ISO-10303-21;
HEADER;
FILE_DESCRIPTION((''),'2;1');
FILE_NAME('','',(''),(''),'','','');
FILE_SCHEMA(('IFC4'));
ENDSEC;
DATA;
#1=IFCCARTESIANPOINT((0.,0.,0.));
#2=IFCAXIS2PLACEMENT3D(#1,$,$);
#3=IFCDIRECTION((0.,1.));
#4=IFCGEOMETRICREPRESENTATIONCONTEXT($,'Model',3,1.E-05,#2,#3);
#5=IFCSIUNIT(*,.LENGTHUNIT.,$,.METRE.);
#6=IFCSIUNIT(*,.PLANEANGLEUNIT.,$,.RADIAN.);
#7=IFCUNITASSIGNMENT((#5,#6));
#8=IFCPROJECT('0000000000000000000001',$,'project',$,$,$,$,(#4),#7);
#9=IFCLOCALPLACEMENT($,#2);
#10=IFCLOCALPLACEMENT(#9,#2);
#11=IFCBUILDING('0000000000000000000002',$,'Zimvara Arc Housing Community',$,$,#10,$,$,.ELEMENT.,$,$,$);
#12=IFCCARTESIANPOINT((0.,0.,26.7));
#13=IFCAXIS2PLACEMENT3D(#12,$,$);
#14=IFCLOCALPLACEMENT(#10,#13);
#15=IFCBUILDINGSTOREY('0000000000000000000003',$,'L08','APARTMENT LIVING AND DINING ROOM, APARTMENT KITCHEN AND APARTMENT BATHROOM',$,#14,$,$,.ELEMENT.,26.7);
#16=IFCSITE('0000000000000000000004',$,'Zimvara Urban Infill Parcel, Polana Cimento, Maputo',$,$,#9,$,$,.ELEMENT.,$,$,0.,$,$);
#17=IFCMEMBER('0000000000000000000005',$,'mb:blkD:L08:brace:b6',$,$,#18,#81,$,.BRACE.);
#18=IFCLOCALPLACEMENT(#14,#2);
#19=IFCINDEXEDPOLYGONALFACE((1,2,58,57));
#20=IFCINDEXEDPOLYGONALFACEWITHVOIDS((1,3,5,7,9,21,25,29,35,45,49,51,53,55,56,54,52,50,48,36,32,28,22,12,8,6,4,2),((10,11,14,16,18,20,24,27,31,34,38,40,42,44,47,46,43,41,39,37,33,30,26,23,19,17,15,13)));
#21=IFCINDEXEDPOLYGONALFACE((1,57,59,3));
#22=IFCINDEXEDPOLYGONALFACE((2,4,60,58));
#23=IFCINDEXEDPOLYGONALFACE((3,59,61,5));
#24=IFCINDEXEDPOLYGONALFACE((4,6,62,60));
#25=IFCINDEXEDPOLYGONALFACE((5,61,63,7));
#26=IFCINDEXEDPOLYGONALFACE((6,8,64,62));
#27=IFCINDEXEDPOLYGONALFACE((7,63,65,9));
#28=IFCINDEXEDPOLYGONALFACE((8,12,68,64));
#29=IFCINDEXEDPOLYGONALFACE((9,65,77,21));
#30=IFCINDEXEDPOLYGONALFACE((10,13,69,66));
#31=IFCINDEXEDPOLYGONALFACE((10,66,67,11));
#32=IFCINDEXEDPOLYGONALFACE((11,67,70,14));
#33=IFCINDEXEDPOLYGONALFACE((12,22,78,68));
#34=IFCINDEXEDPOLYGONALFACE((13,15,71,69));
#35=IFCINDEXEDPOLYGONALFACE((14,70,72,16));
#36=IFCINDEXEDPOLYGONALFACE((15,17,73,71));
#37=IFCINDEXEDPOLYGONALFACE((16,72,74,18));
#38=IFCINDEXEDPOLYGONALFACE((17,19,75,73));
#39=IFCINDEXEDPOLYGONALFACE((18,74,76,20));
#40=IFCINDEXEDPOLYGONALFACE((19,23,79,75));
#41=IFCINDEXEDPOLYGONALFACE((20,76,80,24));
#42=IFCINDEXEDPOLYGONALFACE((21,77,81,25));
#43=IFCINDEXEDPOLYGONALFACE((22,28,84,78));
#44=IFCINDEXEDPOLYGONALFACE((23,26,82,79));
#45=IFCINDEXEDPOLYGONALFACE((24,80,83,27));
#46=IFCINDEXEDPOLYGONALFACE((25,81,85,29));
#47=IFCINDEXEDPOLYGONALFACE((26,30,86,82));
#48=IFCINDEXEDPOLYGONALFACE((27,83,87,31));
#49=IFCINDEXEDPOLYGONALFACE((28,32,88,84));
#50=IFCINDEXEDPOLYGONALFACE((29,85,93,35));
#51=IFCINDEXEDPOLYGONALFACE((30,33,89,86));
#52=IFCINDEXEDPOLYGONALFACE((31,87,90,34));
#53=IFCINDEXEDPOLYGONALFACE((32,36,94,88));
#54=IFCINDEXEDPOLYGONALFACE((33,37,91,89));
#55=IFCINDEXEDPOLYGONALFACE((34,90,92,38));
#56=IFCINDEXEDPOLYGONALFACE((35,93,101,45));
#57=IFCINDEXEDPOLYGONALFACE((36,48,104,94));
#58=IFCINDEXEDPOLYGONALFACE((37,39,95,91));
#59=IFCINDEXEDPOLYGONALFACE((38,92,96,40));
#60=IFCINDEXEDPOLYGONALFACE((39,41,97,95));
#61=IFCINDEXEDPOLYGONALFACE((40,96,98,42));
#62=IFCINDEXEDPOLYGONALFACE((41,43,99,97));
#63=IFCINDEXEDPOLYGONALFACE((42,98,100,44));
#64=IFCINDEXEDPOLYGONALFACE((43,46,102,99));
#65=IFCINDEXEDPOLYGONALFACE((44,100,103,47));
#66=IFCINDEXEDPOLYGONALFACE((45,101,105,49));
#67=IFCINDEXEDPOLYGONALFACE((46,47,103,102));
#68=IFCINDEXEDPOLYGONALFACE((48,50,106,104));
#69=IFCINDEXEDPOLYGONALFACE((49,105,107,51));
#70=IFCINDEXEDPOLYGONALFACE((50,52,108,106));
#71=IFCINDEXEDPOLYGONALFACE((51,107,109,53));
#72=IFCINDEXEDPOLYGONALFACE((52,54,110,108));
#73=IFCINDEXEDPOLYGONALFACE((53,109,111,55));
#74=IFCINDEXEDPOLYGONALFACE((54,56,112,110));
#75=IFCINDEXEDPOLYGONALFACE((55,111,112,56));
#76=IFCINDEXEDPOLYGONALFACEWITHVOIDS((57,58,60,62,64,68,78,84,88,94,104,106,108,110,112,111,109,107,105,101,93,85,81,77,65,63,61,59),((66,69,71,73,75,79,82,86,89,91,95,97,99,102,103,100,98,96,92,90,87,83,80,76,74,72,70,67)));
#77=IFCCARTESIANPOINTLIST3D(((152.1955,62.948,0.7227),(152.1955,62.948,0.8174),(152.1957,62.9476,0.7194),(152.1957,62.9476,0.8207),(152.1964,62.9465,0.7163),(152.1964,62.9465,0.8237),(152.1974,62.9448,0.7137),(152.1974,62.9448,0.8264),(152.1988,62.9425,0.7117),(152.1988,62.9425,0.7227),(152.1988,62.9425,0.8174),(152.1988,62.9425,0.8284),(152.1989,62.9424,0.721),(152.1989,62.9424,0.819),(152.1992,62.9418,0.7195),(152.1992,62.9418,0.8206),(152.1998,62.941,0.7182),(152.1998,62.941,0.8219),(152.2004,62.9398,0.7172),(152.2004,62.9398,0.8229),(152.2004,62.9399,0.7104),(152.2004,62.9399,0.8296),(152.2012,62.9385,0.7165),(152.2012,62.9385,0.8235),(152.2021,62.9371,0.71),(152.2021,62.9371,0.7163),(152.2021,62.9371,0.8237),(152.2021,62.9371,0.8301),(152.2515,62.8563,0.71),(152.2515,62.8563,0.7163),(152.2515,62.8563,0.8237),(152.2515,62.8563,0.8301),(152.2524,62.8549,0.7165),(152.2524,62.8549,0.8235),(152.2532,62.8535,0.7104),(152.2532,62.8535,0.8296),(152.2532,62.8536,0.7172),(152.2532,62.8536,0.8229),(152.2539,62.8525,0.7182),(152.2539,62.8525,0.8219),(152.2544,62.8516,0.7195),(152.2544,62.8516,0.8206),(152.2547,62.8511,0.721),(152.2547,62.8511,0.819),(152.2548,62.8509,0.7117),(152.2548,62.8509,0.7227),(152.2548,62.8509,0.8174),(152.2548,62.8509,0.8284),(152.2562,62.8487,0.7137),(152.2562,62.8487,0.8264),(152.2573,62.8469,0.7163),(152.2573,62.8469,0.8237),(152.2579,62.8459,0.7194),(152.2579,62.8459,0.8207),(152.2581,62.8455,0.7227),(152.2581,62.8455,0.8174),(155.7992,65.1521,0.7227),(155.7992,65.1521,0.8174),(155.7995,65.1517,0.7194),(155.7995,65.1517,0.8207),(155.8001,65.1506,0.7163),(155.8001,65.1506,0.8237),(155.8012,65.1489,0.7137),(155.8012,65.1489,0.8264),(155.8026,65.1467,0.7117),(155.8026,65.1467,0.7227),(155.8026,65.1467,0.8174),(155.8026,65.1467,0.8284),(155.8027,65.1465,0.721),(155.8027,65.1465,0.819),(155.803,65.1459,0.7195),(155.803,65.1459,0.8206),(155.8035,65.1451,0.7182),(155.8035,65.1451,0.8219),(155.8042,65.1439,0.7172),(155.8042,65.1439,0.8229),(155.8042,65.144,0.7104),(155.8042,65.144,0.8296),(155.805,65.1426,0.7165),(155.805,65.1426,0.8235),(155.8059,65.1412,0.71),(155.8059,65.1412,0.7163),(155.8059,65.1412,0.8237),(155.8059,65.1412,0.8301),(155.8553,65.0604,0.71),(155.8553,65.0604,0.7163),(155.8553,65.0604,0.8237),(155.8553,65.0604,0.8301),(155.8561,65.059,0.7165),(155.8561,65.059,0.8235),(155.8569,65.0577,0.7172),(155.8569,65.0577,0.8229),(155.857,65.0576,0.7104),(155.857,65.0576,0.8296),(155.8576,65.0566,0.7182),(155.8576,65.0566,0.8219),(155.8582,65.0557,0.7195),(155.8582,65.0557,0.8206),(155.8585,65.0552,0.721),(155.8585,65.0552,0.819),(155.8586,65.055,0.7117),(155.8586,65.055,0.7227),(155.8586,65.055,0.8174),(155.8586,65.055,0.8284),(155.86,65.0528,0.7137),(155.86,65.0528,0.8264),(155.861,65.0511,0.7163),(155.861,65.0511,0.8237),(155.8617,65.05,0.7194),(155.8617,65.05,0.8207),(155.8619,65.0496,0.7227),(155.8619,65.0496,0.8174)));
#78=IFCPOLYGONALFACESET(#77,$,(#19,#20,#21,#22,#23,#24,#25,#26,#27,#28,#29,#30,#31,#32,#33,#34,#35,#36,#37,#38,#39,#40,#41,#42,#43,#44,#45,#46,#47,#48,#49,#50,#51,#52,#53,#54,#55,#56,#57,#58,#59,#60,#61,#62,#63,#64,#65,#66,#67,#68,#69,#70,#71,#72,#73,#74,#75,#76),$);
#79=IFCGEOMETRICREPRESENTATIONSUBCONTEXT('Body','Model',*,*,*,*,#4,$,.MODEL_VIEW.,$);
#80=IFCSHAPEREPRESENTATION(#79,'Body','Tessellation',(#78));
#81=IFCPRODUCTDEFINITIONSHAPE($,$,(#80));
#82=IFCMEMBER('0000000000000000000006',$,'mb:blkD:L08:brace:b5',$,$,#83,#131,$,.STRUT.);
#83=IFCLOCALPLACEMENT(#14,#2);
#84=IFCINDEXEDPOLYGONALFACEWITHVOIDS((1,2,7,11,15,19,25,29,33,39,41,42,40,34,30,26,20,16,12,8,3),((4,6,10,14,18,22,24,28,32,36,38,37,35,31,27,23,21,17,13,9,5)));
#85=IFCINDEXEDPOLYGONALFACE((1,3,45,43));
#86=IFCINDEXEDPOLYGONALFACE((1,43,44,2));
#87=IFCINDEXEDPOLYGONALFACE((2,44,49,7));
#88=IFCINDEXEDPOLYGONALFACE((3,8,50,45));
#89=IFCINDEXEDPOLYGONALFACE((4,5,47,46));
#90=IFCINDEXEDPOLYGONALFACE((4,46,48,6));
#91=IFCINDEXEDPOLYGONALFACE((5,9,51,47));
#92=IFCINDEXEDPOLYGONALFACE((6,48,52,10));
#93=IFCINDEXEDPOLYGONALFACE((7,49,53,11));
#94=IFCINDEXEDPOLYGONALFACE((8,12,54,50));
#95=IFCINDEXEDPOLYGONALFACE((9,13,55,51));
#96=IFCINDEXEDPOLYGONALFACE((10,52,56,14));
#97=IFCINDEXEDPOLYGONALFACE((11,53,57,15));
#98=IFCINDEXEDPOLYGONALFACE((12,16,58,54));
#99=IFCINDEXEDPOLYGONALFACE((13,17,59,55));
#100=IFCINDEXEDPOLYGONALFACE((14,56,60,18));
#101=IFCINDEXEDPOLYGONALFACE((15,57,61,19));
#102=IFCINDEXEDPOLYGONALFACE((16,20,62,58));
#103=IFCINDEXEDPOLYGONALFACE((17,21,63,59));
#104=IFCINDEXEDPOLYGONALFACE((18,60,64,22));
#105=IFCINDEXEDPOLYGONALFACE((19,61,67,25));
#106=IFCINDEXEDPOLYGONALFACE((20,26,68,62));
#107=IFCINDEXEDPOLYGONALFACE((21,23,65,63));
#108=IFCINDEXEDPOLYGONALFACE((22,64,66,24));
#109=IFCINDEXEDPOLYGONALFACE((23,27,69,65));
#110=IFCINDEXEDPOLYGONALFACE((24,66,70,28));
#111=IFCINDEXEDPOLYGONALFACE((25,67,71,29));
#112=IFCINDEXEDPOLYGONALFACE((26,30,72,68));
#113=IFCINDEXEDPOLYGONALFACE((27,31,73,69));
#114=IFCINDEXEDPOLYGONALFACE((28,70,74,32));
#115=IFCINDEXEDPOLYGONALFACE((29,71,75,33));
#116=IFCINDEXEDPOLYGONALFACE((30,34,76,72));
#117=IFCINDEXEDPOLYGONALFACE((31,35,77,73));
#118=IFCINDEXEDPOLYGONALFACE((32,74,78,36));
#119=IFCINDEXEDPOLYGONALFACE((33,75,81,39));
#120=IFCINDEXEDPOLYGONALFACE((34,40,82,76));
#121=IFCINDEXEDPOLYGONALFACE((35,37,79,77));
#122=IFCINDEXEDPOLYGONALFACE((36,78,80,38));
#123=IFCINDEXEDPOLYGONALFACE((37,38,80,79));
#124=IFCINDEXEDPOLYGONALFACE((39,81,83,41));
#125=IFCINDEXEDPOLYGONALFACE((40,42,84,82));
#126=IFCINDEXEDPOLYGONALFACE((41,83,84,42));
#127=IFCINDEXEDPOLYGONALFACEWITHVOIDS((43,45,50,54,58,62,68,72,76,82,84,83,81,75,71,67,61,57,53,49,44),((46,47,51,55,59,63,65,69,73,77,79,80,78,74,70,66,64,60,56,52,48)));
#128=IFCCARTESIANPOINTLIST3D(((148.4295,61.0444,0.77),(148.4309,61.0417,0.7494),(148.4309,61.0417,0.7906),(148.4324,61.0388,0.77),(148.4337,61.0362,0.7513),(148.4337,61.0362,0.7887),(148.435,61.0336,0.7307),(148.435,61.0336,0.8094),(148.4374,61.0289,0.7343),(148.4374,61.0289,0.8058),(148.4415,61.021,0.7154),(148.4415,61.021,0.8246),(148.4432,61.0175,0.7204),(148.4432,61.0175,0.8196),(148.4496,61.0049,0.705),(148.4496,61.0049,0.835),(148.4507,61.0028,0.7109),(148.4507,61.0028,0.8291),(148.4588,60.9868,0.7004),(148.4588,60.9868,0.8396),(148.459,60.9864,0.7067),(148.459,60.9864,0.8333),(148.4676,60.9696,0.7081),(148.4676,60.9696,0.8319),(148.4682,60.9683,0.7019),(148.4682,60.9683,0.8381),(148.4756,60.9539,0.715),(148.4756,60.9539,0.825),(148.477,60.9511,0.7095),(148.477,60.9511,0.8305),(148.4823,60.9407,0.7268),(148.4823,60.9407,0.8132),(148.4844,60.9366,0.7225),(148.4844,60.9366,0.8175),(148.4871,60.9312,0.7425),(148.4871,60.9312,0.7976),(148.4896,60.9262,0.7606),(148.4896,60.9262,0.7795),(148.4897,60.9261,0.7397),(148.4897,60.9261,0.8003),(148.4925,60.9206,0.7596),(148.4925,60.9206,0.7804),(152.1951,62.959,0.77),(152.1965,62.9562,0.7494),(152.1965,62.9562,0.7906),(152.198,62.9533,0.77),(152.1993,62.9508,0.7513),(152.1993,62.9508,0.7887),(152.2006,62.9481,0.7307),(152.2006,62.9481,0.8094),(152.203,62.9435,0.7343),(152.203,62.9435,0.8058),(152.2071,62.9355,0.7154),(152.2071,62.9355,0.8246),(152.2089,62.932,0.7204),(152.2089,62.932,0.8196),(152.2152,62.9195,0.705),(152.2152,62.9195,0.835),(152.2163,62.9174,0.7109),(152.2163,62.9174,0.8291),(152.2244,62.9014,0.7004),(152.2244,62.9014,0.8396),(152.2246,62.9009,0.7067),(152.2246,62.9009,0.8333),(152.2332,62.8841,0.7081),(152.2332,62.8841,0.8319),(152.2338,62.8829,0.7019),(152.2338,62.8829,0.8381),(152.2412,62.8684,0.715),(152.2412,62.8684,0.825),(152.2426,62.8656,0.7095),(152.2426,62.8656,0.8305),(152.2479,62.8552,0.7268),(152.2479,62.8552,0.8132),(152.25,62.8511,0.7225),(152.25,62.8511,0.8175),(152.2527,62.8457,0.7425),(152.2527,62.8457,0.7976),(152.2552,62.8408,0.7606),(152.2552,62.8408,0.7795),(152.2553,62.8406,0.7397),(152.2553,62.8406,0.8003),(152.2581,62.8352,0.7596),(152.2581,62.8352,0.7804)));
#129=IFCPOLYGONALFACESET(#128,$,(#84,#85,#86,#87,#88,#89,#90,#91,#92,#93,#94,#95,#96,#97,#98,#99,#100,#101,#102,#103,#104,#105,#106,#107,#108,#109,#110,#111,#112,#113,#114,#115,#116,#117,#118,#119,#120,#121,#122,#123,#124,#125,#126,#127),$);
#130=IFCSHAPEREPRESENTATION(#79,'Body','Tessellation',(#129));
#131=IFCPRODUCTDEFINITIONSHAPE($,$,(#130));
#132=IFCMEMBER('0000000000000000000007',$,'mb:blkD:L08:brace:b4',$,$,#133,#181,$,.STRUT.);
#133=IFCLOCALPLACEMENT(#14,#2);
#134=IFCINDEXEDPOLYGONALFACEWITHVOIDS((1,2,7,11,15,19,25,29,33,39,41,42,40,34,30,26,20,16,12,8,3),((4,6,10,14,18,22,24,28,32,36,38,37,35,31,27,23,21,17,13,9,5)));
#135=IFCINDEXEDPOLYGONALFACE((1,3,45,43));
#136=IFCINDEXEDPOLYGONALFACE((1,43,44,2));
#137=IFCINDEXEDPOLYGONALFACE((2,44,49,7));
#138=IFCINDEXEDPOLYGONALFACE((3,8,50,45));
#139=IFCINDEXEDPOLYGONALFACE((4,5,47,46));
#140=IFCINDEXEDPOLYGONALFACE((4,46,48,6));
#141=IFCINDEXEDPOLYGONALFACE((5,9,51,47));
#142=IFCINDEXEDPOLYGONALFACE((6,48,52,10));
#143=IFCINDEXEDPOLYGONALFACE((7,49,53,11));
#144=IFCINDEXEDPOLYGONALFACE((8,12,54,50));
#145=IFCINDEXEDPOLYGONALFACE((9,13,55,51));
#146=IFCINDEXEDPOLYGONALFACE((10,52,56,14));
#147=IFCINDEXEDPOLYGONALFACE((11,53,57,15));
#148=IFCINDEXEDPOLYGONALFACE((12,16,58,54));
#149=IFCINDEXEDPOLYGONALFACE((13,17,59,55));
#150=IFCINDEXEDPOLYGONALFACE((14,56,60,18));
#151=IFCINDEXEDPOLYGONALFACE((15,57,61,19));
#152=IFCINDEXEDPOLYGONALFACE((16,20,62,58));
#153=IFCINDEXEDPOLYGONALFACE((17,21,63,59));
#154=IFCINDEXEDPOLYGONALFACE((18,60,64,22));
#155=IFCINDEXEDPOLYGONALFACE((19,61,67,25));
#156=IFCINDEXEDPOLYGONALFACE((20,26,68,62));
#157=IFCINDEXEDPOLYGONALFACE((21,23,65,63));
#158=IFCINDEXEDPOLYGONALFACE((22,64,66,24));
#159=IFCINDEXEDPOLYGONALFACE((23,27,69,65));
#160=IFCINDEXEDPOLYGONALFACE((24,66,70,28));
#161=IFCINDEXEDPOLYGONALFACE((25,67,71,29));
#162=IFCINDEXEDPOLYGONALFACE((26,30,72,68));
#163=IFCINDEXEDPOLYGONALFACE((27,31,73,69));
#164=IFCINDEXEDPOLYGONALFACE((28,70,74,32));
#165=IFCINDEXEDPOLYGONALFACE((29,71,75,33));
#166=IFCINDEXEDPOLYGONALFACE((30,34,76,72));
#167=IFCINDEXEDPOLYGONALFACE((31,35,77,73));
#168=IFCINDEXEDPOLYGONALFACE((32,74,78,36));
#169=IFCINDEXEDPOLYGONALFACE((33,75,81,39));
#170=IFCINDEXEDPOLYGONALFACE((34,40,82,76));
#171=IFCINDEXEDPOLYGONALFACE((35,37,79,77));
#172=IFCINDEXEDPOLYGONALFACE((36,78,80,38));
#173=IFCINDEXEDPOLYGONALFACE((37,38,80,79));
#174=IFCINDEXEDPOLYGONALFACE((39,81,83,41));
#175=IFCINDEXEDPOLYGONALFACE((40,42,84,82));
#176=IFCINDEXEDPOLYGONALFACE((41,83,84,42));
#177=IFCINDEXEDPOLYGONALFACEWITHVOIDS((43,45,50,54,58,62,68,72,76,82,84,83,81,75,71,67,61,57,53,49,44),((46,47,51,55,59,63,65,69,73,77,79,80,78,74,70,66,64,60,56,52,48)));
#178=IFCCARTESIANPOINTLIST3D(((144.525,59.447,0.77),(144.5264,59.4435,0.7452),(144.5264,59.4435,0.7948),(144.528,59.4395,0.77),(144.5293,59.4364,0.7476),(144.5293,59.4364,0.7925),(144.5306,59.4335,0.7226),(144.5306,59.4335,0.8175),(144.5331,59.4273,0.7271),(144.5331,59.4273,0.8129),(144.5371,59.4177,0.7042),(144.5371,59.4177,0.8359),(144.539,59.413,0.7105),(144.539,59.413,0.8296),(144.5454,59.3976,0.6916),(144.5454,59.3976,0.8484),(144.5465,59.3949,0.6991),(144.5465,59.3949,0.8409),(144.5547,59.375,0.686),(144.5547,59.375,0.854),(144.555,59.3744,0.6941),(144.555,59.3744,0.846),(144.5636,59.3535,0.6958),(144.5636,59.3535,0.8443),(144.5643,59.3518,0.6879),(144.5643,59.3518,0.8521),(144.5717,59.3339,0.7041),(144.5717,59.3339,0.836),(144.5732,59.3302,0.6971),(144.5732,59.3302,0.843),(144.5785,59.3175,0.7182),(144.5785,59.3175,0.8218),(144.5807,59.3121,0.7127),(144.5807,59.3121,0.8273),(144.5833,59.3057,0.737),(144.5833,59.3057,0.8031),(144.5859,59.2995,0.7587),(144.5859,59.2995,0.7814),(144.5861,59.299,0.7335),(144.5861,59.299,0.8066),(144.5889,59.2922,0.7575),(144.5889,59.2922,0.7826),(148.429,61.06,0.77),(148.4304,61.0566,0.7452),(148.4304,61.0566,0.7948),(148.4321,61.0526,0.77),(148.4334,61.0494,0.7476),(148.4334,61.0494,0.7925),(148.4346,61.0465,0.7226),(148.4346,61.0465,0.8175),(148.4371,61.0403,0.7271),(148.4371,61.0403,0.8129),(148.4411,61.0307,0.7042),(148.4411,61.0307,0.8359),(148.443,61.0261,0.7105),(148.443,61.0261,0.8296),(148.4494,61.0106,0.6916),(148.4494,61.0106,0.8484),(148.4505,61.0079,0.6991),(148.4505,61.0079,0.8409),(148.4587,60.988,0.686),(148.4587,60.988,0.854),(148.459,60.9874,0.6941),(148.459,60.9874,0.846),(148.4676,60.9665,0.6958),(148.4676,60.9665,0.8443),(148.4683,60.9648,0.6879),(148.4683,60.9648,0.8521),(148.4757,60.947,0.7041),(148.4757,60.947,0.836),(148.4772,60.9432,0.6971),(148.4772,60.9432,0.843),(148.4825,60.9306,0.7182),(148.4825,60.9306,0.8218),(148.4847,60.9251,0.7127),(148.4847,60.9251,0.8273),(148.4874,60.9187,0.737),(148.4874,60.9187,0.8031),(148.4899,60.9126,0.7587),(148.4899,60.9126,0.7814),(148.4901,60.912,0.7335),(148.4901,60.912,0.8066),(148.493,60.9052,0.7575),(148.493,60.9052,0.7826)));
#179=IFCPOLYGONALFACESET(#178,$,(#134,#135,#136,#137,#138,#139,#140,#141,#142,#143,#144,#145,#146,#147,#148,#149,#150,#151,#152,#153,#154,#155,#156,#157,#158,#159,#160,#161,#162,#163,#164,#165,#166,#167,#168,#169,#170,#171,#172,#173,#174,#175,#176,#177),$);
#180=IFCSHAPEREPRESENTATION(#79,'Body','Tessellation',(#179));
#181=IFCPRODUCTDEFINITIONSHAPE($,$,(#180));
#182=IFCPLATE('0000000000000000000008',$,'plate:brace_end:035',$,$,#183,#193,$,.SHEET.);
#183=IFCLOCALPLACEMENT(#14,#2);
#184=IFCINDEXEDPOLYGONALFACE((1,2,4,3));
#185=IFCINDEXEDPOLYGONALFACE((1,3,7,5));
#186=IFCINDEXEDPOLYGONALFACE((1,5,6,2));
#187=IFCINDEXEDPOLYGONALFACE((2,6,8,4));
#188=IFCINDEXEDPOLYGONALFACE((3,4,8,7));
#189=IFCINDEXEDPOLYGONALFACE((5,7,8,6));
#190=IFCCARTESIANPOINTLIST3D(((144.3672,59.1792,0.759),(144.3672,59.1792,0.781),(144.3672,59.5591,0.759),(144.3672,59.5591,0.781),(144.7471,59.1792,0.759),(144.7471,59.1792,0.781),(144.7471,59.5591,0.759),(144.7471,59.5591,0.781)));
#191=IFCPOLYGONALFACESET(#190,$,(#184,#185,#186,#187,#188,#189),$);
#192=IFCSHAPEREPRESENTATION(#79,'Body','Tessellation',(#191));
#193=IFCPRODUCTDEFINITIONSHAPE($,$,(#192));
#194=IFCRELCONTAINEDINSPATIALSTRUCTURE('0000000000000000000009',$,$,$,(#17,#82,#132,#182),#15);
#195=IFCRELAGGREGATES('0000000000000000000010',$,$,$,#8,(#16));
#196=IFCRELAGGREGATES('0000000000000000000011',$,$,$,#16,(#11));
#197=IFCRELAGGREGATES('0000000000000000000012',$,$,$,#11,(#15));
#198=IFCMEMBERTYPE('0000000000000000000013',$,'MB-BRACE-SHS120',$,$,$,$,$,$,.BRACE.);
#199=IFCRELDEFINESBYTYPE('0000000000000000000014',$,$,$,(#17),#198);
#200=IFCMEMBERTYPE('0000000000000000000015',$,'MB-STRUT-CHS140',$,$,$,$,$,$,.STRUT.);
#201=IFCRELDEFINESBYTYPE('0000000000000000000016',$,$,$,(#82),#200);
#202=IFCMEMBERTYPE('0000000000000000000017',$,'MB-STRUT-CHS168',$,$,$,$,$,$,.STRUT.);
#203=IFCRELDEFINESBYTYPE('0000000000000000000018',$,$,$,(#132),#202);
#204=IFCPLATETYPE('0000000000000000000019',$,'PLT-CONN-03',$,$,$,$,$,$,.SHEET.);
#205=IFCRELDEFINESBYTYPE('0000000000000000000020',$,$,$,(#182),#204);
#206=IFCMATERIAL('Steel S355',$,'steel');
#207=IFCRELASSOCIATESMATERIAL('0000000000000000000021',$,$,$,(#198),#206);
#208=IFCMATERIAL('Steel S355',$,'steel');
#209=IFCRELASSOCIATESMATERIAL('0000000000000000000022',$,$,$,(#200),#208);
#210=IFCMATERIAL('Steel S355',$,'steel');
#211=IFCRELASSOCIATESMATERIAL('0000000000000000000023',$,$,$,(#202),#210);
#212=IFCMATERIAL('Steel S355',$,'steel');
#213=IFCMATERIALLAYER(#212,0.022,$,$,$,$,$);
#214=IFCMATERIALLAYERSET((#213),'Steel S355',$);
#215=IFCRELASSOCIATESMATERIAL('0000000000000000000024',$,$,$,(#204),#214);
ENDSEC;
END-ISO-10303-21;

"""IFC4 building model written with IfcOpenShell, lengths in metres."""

from ifc_helpers import new_model, si_unit, direction, frame, origin, origin_2d, place, context, subcontext, project, spatial, rectangle, hollow_rectangle, hollow_circle, extrude, material, layer, layer_set, material_profile, profile_set, type_object, element, save


model = new_model("IFC4")

# Units and contexts
model_context = context("Model", 3, precision=1e-05, world=origin(), true_north=direction((0.0, 1.0)))
body_context = subcontext(model_context, "Body", "Model", "MODEL_VIEW")
ifc_project = project(units=[si_unit("LENGTHUNIT", "METRE"), si_unit("PLANEANGLEUNIT", "RADIAN")], contexts=[model_context])

# Site, building, storey
site_placement = place(None, origin())
site = spatial("IfcSite", under=ifc_project, at=site_placement, Name="Zimvara Urban Infill Parcel, Polana Cimento, Maputo", CompositionType="ELEMENT", RefElevation=0.0)
building_placement = place(site_placement, origin())
building = spatial("IfcBuilding", under=site, at=building_placement, Name="Zimvara Arc Housing Community", CompositionType="ELEMENT")
storey_placement = place(building_placement, frame((0.0, 0.0, 26.7)))
storey = spatial("IfcBuildingStorey", under=building, at=storey_placement, Name="L08", Description="APARTMENT LIVING AND DINING ROOM, APARTMENT KITCHEN AND APARTMENT BATHROOM", CompositionType="ELEMENT", Elevation=26.7)

# Members
ifc_material_1 = material(Name="Steel S355", Category="steel")
ifc_material_profile_1 = material_profile(ifc_material_1, hollow_rectangle(XDim=0.1201, YDim=0.1201, WallThickness=0.0063, InnerFilletRadius=0.0063, OuterFilletRadius=0.0127, at=origin_2d()), Name="SHS 120x120x6.3")
ifc_profile_set_1 = profile_set([ifc_material_profile_1], Name="Steel S355")
member_type_1 = type_object("IfcMemberType", Name="MB-BRACE-SHS120", PredefinedType="BRACE", material=ifc_profile_set_1)
member_1_placement = place(storey_placement, frame((152.2268, 62.8967, 0.77), z_axis=(0.853092, 0.521761, 0.0), x_axis=(-0.521761, 0.853092, 0.0)))
element("IfcMember", 1, at=member_1_placement, inside=storey, type_object=member_type_1, Name="mb:blkD:L08:brace:b6", PredefinedType="BRACE", context=body_context, shape_type="SweptSolid", body=[
    extrude(hollow_rectangle(XDim=0.1201, YDim=0.1201, WallThickness=0.0063, InnerFilletRadius=0.0063, OuterFilletRadius=0.0127, at=origin_2d()), origin(), (0.0, 0.0, 1.0), 4.2244),
])
ifc_material_2 = material(Name="Steel S355", Category="steel")
ifc_material_profile_2 = material_profile(ifc_material_2, hollow_circle(Radius=0.0698, WallThickness=0.0063, at=origin_2d()), Name="CHS 139.7x6.3")
ifc_profile_set_2 = profile_set([ifc_material_profile_2], Name="Steel S355")
member_type_2 = type_object("IfcMemberType", Name="MB-STRUT-CHS140", PredefinedType="STRUT", material=ifc_profile_set_2)
member_2_placement = place(storey_placement, frame((148.4612, 60.9822, 0.77), z_axis=(0.891402, 0.453214, 0.0), x_axis=(-0.453214, 0.891402, 0.0)))
element("IfcMember", 2, at=member_2_placement, inside=storey, type_object=member_type_2, Name="mb:blkD:L08:brace:b5", PredefinedType="STRUT", context=body_context, shape_type="SweptSolid", body=[
    extrude(hollow_circle(Radius=0.0698, WallThickness=0.0063, at=origin_2d()), origin(), (0.0, 0.0, 1.0), 4.2244),
])
ifc_material_3 = material(Name="Steel S355", Category="steel")
ifc_material_profile_3 = material_profile(ifc_material_3, hollow_circle(Radius=0.0842, WallThickness=0.0081, at=origin_2d()), Name="CHS 168.3x8.0")
ifc_profile_set_3 = profile_set([ifc_material_profile_3], Name="Steel S355")
member_type_3 = type_object("IfcMemberType", Name="MB-STRUT-CHS168", PredefinedType="STRUT", material=ifc_profile_set_3)
member_3_placement = place(storey_placement, frame((144.5571, 59.3691, 0.77), z_axis=(0.92422, 0.38186, 0.0), x_axis=(-0.38186, 0.92422, 0.0)))
element("IfcMember", 3, at=member_3_placement, inside=storey, type_object=member_type_3, Name="mb:blkD:L08:brace:b4", PredefinedType="STRUT", context=body_context, shape_type="SweptSolid", body=[
    extrude(hollow_circle(Radius=0.0842, WallThickness=0.0081, at=origin_2d()), origin(), (0.0, 0.0, 1.0), 4.2241),
])

# Plate
ifc_material_4 = material(Name="Steel S355", Category="steel")
ifc_layer_1 = layer(ifc_material_4, 0.022)
ifc_layer_set_1 = layer_set([ifc_layer_1], Name="Steel S355")
plate_type_1 = type_object("IfcPlateType", Name="PLT-CONN-03", PredefinedType="SHEET", material=ifc_layer_set_1)
plate_1_placement = place(storey_placement, frame((144.5571, 59.3691, 0.759), z_axis=(0.0, 0.0, 1.0), x_axis=(1.0, 0.0, 0.0)))
element("IfcPlate", 4, at=plate_1_placement, inside=storey, type_object=plate_type_1, Name="plate:brace_end:035", PredefinedType="SHEET", context=body_context, shape_type="SweptSolid", body=[
    extrude(rectangle(XDim=0.3799, YDim=0.3799, at=origin_2d()), origin(), (0.0, 0.0, 1.0), 0.022),
])

save(model, "model.ifc")
